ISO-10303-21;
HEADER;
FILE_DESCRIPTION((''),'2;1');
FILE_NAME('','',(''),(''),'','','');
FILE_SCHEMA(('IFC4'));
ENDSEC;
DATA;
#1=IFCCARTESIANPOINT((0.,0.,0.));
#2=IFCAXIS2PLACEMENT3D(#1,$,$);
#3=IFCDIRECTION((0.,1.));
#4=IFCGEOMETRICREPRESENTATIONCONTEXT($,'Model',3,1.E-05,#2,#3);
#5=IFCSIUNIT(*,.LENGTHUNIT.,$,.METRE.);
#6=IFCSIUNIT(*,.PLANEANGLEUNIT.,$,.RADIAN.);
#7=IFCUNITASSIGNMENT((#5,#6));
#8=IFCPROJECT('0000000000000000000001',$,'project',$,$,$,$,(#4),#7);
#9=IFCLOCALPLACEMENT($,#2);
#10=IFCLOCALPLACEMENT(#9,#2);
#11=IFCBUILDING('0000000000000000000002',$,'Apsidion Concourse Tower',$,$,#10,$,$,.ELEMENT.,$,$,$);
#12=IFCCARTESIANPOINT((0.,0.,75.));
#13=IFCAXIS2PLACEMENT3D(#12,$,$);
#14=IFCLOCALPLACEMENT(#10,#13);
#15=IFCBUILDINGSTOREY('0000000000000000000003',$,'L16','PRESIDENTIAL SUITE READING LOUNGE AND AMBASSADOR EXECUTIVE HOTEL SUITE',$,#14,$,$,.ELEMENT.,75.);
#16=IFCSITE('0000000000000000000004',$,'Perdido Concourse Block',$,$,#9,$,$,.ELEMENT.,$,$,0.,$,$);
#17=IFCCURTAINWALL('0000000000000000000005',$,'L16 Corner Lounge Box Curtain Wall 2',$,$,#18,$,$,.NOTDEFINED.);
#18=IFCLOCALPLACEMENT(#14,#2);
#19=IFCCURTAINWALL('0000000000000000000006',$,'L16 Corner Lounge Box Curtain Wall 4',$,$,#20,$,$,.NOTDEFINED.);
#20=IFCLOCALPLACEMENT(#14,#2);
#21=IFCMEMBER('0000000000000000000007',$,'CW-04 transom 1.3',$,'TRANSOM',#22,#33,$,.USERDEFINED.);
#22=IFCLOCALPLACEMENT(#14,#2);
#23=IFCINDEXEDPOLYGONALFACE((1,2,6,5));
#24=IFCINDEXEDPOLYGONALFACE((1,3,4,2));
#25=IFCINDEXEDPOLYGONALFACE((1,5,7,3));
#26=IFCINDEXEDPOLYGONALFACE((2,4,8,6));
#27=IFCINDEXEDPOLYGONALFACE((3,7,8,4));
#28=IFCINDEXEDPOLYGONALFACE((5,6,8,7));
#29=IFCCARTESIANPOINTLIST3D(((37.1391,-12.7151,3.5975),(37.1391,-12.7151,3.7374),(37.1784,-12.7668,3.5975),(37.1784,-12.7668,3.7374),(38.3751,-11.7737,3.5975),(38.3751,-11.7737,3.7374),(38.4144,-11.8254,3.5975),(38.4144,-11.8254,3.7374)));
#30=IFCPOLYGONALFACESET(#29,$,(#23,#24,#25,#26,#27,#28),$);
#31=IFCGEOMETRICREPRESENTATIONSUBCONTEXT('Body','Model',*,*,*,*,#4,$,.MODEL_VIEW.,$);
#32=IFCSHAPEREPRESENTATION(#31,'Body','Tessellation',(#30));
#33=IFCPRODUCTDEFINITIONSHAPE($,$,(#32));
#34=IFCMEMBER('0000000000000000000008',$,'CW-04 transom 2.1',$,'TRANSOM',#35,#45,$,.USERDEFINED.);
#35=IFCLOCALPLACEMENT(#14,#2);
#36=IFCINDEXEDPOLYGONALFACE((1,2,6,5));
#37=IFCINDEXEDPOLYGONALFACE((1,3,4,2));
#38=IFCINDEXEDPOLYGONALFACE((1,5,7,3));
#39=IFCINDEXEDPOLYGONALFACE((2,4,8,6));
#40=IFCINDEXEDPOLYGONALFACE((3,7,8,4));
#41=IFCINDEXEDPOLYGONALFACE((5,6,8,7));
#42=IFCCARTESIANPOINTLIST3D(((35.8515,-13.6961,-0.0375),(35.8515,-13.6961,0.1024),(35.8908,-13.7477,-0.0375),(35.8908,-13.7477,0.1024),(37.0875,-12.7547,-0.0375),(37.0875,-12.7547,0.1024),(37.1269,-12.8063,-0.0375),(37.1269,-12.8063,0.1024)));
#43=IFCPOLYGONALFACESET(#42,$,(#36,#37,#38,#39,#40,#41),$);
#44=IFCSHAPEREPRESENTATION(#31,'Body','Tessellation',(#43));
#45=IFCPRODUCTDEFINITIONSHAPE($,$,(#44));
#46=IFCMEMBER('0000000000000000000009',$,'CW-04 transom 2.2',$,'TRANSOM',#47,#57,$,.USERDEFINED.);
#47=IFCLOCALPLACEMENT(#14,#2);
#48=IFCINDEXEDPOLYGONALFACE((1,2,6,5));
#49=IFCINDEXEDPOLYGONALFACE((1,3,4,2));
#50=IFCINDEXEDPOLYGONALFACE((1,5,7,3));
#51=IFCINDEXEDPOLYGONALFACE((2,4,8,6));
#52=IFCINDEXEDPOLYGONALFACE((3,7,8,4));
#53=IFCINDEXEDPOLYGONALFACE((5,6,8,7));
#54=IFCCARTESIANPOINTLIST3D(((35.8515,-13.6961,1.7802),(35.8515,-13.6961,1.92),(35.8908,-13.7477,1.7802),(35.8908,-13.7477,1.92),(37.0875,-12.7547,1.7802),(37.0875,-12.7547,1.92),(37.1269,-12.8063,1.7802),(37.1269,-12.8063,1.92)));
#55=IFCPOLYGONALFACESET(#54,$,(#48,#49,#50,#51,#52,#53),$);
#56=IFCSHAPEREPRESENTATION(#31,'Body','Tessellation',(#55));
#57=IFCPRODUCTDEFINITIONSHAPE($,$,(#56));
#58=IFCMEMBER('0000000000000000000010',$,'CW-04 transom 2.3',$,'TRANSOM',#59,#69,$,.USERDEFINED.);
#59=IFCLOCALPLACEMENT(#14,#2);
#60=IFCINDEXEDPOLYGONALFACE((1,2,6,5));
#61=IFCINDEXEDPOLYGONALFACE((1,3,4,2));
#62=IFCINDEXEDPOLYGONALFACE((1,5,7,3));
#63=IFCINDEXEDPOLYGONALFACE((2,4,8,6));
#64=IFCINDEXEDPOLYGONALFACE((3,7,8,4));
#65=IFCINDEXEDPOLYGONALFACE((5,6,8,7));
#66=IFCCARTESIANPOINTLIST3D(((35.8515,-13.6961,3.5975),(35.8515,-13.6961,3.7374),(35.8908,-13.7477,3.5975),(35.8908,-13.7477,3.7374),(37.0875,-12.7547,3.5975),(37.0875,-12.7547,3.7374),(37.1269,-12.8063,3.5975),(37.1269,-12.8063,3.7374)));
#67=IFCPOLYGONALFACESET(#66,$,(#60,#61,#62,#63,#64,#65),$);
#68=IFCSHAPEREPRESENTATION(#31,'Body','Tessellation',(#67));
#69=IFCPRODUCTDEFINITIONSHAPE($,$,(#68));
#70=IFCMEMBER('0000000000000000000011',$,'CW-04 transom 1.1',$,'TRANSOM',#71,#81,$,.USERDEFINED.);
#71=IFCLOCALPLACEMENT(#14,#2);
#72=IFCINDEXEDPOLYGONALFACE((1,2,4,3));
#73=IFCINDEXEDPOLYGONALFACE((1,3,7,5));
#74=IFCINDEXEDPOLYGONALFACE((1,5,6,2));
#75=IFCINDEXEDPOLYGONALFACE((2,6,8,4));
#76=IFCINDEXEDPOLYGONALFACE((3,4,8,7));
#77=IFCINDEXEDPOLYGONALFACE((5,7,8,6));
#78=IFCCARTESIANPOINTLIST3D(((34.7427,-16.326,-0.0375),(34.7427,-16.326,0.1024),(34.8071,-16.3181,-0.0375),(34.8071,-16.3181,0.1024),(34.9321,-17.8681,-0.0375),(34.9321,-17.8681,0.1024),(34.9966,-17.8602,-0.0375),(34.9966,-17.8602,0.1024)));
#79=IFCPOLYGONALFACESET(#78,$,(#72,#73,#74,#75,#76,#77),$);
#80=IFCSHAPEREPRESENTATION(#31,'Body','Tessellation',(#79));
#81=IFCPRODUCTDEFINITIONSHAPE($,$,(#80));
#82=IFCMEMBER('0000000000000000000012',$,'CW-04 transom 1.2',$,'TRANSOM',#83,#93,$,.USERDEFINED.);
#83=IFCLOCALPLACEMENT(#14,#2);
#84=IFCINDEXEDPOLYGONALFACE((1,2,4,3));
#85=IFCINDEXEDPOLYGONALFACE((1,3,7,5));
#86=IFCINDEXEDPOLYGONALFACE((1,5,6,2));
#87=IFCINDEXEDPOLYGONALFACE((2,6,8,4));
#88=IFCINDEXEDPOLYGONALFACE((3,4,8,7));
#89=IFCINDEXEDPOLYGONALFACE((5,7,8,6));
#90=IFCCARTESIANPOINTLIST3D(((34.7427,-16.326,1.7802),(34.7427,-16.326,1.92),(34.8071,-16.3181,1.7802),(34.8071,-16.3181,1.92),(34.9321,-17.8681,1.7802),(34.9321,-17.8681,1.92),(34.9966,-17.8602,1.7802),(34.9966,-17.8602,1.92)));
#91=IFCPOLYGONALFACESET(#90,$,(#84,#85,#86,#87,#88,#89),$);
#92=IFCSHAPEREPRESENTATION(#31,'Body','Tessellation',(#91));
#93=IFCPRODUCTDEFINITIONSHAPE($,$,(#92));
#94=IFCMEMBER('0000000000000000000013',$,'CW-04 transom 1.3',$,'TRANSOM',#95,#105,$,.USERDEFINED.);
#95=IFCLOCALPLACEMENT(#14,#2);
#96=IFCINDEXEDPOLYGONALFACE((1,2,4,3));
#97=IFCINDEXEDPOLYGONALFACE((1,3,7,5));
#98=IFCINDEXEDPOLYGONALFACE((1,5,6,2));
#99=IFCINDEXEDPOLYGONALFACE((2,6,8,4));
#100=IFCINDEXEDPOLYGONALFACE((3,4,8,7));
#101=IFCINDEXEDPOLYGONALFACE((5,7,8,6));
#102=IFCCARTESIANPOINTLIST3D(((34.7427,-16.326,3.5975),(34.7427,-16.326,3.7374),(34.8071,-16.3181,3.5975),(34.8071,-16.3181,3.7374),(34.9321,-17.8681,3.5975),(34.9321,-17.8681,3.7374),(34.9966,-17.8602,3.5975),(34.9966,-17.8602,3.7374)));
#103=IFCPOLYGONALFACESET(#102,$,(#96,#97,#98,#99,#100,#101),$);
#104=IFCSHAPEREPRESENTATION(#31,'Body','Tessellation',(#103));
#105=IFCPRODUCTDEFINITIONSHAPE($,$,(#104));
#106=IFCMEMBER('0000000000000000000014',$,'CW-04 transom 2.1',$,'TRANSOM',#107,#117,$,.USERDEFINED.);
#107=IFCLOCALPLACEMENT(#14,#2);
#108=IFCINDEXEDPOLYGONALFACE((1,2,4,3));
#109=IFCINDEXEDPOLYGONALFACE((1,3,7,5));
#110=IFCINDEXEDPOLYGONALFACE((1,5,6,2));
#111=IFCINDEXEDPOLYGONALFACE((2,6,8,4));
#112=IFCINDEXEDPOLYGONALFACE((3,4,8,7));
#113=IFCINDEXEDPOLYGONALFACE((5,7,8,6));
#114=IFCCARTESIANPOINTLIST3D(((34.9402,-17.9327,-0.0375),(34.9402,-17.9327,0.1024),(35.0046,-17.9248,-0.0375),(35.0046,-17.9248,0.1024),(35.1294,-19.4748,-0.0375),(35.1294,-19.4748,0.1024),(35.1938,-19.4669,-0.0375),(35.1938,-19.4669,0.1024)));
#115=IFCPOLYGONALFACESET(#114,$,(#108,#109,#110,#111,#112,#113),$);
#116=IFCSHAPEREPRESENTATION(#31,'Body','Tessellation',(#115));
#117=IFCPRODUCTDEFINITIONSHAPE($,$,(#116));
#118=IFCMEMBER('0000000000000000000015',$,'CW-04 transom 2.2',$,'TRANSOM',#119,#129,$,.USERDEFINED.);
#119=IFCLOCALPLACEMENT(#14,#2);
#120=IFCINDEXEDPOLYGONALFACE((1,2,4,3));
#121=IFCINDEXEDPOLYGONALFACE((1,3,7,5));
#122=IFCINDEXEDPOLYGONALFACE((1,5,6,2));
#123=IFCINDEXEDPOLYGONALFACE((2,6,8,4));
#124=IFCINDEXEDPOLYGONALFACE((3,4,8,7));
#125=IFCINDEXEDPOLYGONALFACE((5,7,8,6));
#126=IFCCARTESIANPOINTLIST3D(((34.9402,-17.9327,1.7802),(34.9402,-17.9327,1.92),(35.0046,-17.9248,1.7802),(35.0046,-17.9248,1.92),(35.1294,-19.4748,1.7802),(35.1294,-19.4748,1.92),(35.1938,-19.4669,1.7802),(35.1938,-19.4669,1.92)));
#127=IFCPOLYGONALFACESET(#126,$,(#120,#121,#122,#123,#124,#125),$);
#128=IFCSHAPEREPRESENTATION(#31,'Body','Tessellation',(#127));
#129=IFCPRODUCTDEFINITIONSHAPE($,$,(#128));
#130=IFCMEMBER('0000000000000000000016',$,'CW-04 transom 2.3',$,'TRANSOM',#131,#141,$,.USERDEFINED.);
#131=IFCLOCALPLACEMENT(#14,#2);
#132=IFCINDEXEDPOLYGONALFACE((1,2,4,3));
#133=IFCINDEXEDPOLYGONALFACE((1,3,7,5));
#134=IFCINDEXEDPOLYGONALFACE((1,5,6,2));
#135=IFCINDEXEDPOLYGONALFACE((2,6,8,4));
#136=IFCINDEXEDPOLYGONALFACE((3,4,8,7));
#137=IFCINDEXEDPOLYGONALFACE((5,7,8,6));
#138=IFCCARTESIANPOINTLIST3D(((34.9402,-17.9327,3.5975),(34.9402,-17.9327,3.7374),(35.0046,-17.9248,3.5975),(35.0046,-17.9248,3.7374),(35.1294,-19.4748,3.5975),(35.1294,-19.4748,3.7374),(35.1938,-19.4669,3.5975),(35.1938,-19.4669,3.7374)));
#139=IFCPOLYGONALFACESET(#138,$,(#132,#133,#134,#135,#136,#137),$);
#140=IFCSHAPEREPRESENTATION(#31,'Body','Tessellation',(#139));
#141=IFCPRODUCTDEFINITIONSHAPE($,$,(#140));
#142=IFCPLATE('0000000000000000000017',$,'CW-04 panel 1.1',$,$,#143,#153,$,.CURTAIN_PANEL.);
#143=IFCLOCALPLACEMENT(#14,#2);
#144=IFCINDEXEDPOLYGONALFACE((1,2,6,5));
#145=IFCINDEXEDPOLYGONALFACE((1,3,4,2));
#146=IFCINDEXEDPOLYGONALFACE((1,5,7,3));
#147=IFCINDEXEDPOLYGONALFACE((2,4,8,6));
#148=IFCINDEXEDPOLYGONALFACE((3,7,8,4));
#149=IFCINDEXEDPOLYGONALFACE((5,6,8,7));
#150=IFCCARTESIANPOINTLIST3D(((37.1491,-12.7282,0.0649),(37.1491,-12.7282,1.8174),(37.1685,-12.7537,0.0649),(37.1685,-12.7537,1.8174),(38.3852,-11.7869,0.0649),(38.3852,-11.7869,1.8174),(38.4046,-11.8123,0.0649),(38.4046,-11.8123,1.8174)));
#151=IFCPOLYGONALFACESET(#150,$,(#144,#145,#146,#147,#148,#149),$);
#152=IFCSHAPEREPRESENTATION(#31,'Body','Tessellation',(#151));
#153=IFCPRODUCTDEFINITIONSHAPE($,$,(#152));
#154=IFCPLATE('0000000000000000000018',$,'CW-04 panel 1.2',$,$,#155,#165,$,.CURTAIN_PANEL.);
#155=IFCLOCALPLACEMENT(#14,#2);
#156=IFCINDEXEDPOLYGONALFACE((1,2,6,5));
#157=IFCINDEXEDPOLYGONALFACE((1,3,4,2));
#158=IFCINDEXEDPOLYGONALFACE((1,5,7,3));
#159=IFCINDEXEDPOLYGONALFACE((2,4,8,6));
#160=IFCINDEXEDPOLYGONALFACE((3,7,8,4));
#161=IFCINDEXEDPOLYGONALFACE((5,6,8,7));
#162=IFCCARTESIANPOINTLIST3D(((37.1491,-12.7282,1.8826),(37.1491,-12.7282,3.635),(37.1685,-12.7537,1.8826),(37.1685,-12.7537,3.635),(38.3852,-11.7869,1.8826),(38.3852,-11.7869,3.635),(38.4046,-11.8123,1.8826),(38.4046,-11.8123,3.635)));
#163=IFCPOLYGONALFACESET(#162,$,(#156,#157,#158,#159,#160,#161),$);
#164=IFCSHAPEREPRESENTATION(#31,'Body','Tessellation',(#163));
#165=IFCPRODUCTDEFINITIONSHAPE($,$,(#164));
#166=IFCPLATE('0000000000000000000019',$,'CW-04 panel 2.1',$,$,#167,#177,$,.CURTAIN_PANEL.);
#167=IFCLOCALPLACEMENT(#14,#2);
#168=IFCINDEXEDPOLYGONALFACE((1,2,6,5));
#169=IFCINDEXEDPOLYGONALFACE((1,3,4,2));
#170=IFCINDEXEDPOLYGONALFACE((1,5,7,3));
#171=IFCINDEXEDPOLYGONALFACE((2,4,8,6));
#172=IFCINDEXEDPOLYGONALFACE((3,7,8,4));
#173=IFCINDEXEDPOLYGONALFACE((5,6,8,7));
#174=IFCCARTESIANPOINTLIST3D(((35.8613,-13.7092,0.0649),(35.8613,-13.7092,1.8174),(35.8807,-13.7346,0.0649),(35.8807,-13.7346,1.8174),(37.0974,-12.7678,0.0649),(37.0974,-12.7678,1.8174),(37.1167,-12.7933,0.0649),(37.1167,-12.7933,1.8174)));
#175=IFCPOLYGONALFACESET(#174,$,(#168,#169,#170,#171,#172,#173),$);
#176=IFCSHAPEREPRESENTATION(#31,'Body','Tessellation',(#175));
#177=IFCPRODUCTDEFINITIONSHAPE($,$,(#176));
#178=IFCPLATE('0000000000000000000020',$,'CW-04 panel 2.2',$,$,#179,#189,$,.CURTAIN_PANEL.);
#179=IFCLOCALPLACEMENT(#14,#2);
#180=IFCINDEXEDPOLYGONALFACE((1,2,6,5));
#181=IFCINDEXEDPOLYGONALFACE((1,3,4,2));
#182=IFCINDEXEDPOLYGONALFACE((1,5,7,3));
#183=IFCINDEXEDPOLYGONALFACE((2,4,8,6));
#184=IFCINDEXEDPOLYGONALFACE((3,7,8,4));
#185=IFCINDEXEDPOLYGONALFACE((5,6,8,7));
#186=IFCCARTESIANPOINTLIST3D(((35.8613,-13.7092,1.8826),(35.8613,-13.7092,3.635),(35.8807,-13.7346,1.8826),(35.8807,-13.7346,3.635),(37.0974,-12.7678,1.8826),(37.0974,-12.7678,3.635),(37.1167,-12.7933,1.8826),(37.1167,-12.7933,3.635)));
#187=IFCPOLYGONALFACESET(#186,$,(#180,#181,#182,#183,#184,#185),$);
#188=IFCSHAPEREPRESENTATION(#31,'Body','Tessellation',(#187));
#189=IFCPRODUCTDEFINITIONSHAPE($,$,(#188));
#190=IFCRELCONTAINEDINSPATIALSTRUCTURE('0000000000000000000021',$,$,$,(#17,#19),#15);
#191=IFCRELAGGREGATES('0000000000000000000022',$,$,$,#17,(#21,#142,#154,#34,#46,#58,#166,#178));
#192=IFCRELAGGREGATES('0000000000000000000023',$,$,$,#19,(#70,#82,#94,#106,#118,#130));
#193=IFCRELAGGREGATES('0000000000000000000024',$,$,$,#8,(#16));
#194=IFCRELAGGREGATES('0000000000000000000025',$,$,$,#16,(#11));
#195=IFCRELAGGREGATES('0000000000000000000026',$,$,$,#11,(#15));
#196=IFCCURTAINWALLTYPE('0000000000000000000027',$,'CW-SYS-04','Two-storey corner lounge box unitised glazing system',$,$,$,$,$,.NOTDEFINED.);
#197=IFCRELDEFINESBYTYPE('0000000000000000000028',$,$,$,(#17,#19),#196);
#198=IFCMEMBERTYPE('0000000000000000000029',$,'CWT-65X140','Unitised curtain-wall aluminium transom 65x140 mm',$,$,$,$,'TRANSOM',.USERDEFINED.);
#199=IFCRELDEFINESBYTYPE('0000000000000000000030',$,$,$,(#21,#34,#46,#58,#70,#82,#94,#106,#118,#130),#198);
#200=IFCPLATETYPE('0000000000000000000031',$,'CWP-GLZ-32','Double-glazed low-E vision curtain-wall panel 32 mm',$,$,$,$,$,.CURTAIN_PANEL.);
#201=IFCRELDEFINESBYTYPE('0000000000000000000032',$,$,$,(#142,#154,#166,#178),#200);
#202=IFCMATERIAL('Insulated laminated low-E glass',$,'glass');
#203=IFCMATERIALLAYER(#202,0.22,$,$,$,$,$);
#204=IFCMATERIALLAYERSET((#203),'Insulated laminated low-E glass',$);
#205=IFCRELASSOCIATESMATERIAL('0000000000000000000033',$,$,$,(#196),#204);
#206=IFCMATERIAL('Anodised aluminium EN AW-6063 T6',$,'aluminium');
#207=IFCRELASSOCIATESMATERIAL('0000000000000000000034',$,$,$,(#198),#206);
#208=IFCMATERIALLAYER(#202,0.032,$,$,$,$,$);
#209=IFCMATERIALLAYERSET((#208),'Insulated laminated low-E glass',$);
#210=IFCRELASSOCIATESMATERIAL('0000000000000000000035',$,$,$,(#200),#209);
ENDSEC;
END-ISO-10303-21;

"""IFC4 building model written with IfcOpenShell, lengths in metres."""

from ifc_helpers import new_model, si_unit, direction, frame, origin, origin_2d, place, context, subcontext, project, spatial, rectangle, extrude, material, layer, layer_set, material_profile, profile_set, type_object, element, aggregate, save


model = new_model("IFC4")

# Units and contexts
model_context = context("Model", 3, precision=1e-05, world=origin(), true_north=direction((0.0, 1.0)))
body_context = subcontext(model_context, "Body", "Model", "MODEL_VIEW")
ifc_project = project(units=[si_unit("LENGTHUNIT", "METRE"), si_unit("PLANEANGLEUNIT", "RADIAN")], contexts=[model_context])

# Site, building, storey
site_placement = place(None, origin())
site = spatial("IfcSite", under=ifc_project, at=site_placement, Name="Perdido Concourse Block", CompositionType="ELEMENT", RefElevation=0.0)
building_placement = place(site_placement, origin())
building = spatial("IfcBuilding", under=site, at=building_placement, Name="Apsidion Concourse Tower", CompositionType="ELEMENT")
storey_placement = place(building_placement, frame((0.0, 0.0, 75.0)))
storey = spatial("IfcBuildingStorey", under=building, at=storey_placement, Name="L16", Description="PRESIDENTIAL SUITE READING LOUNGE AND AMBASSADOR EXECUTIVE HOTEL SUITE", CompositionType="ELEMENT", Elevation=75.0)

# Curtain walls
ifc_material_1 = material(Name="Insulated laminated low-E glass", Category="glass")
ifc_layer_1 = layer(ifc_material_1, 0.22)
ifc_layer_set_1 = layer_set([ifc_layer_1], Name="Insulated laminated low-E glass")
curtain_wall_type = type_object("IfcCurtainWallType", Name="CW-SYS-04", Description="Two-storey corner lounge box unitised glazing system", PredefinedType="NOTDEFINED", material=ifc_layer_set_1)
curtain_wall_1_placement = place(storey_placement, origin())
curtain_wall_1 = element("IfcCurtainWall", 1, at=curtain_wall_1_placement, inside=storey, type_object=curtain_wall_type, Name="L16 Corner Lounge Box Curtain Wall 2", PredefinedType="NOTDEFINED")
ifc_material_2 = material(Name="Anodised aluminium EN AW-6063 T6", Category="aluminium")
curtain_wall_2_placement = place(storey_placement, origin())
curtain_wall_2 = element("IfcCurtainWall", 2, at=curtain_wall_2_placement, inside=storey, type_object=curtain_wall_type, Name="L16 Corner Lounge Box Curtain Wall 4", PredefinedType="NOTDEFINED")

# Members
ifc_material_profile_1 = material_profile(ifc_material_2, rectangle(XDim=0.0649, YDim=0.1399, at=origin_2d()), Name="ALU TRANSOM 65x140")
ifc_profile_set_1 = profile_set([ifc_material_profile_1], Name="Anodised aluminium EN AW-6063 T6")
member_type_1 = type_object("IfcMemberType", Name="CWT-65X140", Description="Unitised curtain-wall aluminium transom 65x140 mm", ElementType="TRANSOM", PredefinedType="USERDEFINED", material=ifc_profile_set_1)
member_1_placement = place(storey_placement, frame((38.3948, -11.7996, 3.6675), z_axis=(-0.795547, -0.605892, 0.0), x_axis=(0.605892, -0.795547, 0.0)))
member_1 = element("IfcMember", 3, at=member_1_placement, type_object=member_type_1, Name="CW-04 transom 1.3", ObjectType="TRANSOM", PredefinedType="USERDEFINED", context=body_context, shape_type="SweptSolid", body=[
    extrude(rectangle(XDim=0.0649, YDim=0.1399, at=origin_2d()), origin(), (0.0, 0.0, 1.0), 1.5537),
])
member_2_placement = place(storey_placement, frame((37.1072, -12.7805, 0.0325), z_axis=(-0.795547, -0.605892, 0.0), x_axis=(0.605892, -0.795547, 0.0)))
member_2 = element("IfcMember", 4, at=member_2_placement, type_object=member_type_1, Name="CW-04 transom 2.1", ObjectType="TRANSOM", PredefinedType="USERDEFINED", context=body_context, shape_type="SweptSolid", body=[
    extrude(rectangle(XDim=0.0649, YDim=0.1399, at=origin_2d()), origin(), (0.0, 0.0, 1.0), 1.5537),
])
member_3_placement = place(storey_placement, frame((37.1072, -12.7805, 1.8501), z_axis=(-0.795547, -0.605892, 0.0), x_axis=(0.605892, -0.795547, 0.0)))
member_3 = element("IfcMember", 5, at=member_3_placement, type_object=member_type_1, Name="CW-04 transom 2.2", ObjectType="TRANSOM", PredefinedType="USERDEFINED", context=body_context, shape_type="SweptSolid", body=[
    extrude(rectangle(XDim=0.0649, YDim=0.1399, at=origin_2d()), origin(), (0.0, 0.0, 1.0), 1.5537),
])
member_4_placement = place(storey_placement, frame((37.1072, -12.7805, 3.6675), z_axis=(-0.795547, -0.605892, 0.0), x_axis=(0.605892, -0.795547, 0.0)))
member_4 = element("IfcMember", 6, at=member_4_placement, type_object=member_type_1, Name="CW-04 transom 2.3", ObjectType="TRANSOM", PredefinedType="USERDEFINED", context=body_context, shape_type="SweptSolid", body=[
    extrude(rectangle(XDim=0.0649, YDim=0.1399, at=origin_2d()), origin(), (0.0, 0.0, 1.0), 1.5537),
])
member_5_placement = place(storey_placement, frame((34.7749, -16.322, 0.0325), z_axis=(0.121927, -0.992539, 0.0), x_axis=(0.992539, 0.121927, 0.0)))
member_5 = element("IfcMember", 7, at=member_5_placement, type_object=member_type_1, Name="CW-04 transom 1.1", ObjectType="TRANSOM", PredefinedType="USERDEFINED", context=body_context, shape_type="SweptSolid", body=[
    extrude(rectangle(XDim=0.0649, YDim=0.1399, at=origin_2d()), origin(), (0.0, 0.0, 1.0), 1.5537),
])
member_6_placement = place(storey_placement, frame((34.7749, -16.322, 1.8501), z_axis=(0.121927, -0.992539, 0.0), x_axis=(0.992539, 0.121927, 0.0)))
member_6 = element("IfcMember", 8, at=member_6_placement, type_object=member_type_1, Name="CW-04 transom 1.2", ObjectType="TRANSOM", PredefinedType="USERDEFINED", context=body_context, shape_type="SweptSolid", body=[
    extrude(rectangle(XDim=0.0649, YDim=0.1399, at=origin_2d()), origin(), (0.0, 0.0, 1.0), 1.5537),
])
member_7_placement = place(storey_placement, frame((34.7749, -16.322, 3.6675), z_axis=(0.121927, -0.992539, 0.0), x_axis=(0.992539, 0.121927, 0.0)))
member_7 = element("IfcMember", 9, at=member_7_placement, type_object=member_type_1, Name="CW-04 transom 1.3", ObjectType="TRANSOM", PredefinedType="USERDEFINED", context=body_context, shape_type="SweptSolid", body=[
    extrude(rectangle(XDim=0.0649, YDim=0.1399, at=origin_2d()), origin(), (0.0, 0.0, 1.0), 1.5537),
])
member_8_placement = place(storey_placement, frame((34.9724, -17.9287, 0.0325), z_axis=(0.121772, -0.992558, 0.0), x_axis=(0.992558, 0.121772, 0.0)))
member_8 = element("IfcMember", 10, at=member_8_placement, type_object=member_type_1, Name="CW-04 transom 2.1", ObjectType="TRANSOM", PredefinedType="USERDEFINED", context=body_context, shape_type="SweptSolid", body=[
    extrude(rectangle(XDim=0.0649, YDim=0.1399, at=origin_2d()), origin(), (0.0, 0.0, 1.0), 1.5537),
])
member_9_placement = place(storey_placement, frame((34.9724, -17.9287, 1.8501), z_axis=(0.121772, -0.992558, 0.0), x_axis=(0.992558, 0.121772, 0.0)))
member_9 = element("IfcMember", 11, at=member_9_placement, type_object=member_type_1, Name="CW-04 transom 2.2", ObjectType="TRANSOM", PredefinedType="USERDEFINED", context=body_context, shape_type="SweptSolid", body=[
    extrude(rectangle(XDim=0.0649, YDim=0.1399, at=origin_2d()), origin(), (0.0, 0.0, 1.0), 1.5537),
])
member_10_placement = place(storey_placement, frame((34.9724, -17.9287, 3.6675), z_axis=(0.121772, -0.992558, 0.0), x_axis=(0.992558, 0.121772, 0.0)))
member_10 = element("IfcMember", 12, at=member_10_placement, type_object=member_type_1, Name="CW-04 transom 2.3", ObjectType="TRANSOM", PredefinedType="USERDEFINED", context=body_context, shape_type="SweptSolid", body=[
    extrude(rectangle(XDim=0.0649, YDim=0.1399, at=origin_2d()), origin(), (0.0, 0.0, 1.0), 1.5537),
])

# Plates
ifc_layer_2 = layer(ifc_material_1, 0.032)
ifc_layer_set_2 = layer_set([ifc_layer_2], Name="Insulated laminated low-E glass")
plate_type = type_object("IfcPlateType", Name="CWP-GLZ-32", Description="Double-glazed low-E vision curtain-wall panel 32 mm", PredefinedType="CURTAIN_PANEL", material=ifc_layer_set_2)
plate_1_placement = place(storey_placement, frame((37.7769, -12.2703, 0.0649), z_axis=(0.0, 0.0, 1.0), x_axis=(-0.795556, -0.60588, 0.0)))
plate_1 = element("IfcPlate", 13, at=plate_1_placement, type_object=plate_type, Name="CW-04 panel 1.1", PredefinedType="CURTAIN_PANEL", context=body_context, shape_type="SweptSolid", body=[
    extrude(rectangle(XDim=1.5537, YDim=0.032, at=origin_2d()), origin(), (0.0, 0.0, 1.0), 1.7524),
])
plate_2_placement = place(storey_placement, frame((37.7769, -12.2703, 1.8826), z_axis=(0.0, 0.0, 1.0), x_axis=(-0.795556, -0.60588, 0.0)))
plate_2 = element("IfcPlate", 14, at=plate_2_placement, type_object=plate_type, Name="CW-04 panel 1.2", PredefinedType="CURTAIN_PANEL", context=body_context, shape_type="SweptSolid", body=[
    extrude(rectangle(XDim=1.5537, YDim=0.032, at=origin_2d()), origin(), (0.0, 0.0, 1.0), 1.7524),
])
plate_3_placement = place(storey_placement, frame((36.489, -13.2512, 0.0649), z_axis=(0.0, 0.0, 1.0), x_axis=(-0.795556, -0.60588, 0.0)))
plate_3 = element("IfcPlate", 15, at=plate_3_placement, type_object=plate_type, Name="CW-04 panel 2.1", PredefinedType="CURTAIN_PANEL", context=body_context, shape_type="SweptSolid", body=[
    extrude(rectangle(XDim=1.5537, YDim=0.032, at=origin_2d()), origin(), (0.0, 0.0, 1.0), 1.7524),
])
plate_4_placement = place(storey_placement, frame((36.489, -13.2512, 1.8826), z_axis=(0.0, 0.0, 1.0), x_axis=(-0.795556, -0.60588, 0.0)))
plate_4 = element("IfcPlate", 16, at=plate_4_placement, type_object=plate_type, Name="CW-04 panel 2.2", PredefinedType="CURTAIN_PANEL", context=body_context, shape_type="SweptSolid", body=[
    extrude(rectangle(XDim=1.5537, YDim=0.032, at=origin_2d()), origin(), (0.0, 0.0, 1.0), 1.7524),
])
aggregate(curtain_wall_1, [member_1, plate_1, plate_2, member_2, member_3, member_4, plate_3, plate_4])
aggregate(curtain_wall_2, [member_5, member_6, member_7, member_8, member_9, member_10])

save(model, "model.ifc")
